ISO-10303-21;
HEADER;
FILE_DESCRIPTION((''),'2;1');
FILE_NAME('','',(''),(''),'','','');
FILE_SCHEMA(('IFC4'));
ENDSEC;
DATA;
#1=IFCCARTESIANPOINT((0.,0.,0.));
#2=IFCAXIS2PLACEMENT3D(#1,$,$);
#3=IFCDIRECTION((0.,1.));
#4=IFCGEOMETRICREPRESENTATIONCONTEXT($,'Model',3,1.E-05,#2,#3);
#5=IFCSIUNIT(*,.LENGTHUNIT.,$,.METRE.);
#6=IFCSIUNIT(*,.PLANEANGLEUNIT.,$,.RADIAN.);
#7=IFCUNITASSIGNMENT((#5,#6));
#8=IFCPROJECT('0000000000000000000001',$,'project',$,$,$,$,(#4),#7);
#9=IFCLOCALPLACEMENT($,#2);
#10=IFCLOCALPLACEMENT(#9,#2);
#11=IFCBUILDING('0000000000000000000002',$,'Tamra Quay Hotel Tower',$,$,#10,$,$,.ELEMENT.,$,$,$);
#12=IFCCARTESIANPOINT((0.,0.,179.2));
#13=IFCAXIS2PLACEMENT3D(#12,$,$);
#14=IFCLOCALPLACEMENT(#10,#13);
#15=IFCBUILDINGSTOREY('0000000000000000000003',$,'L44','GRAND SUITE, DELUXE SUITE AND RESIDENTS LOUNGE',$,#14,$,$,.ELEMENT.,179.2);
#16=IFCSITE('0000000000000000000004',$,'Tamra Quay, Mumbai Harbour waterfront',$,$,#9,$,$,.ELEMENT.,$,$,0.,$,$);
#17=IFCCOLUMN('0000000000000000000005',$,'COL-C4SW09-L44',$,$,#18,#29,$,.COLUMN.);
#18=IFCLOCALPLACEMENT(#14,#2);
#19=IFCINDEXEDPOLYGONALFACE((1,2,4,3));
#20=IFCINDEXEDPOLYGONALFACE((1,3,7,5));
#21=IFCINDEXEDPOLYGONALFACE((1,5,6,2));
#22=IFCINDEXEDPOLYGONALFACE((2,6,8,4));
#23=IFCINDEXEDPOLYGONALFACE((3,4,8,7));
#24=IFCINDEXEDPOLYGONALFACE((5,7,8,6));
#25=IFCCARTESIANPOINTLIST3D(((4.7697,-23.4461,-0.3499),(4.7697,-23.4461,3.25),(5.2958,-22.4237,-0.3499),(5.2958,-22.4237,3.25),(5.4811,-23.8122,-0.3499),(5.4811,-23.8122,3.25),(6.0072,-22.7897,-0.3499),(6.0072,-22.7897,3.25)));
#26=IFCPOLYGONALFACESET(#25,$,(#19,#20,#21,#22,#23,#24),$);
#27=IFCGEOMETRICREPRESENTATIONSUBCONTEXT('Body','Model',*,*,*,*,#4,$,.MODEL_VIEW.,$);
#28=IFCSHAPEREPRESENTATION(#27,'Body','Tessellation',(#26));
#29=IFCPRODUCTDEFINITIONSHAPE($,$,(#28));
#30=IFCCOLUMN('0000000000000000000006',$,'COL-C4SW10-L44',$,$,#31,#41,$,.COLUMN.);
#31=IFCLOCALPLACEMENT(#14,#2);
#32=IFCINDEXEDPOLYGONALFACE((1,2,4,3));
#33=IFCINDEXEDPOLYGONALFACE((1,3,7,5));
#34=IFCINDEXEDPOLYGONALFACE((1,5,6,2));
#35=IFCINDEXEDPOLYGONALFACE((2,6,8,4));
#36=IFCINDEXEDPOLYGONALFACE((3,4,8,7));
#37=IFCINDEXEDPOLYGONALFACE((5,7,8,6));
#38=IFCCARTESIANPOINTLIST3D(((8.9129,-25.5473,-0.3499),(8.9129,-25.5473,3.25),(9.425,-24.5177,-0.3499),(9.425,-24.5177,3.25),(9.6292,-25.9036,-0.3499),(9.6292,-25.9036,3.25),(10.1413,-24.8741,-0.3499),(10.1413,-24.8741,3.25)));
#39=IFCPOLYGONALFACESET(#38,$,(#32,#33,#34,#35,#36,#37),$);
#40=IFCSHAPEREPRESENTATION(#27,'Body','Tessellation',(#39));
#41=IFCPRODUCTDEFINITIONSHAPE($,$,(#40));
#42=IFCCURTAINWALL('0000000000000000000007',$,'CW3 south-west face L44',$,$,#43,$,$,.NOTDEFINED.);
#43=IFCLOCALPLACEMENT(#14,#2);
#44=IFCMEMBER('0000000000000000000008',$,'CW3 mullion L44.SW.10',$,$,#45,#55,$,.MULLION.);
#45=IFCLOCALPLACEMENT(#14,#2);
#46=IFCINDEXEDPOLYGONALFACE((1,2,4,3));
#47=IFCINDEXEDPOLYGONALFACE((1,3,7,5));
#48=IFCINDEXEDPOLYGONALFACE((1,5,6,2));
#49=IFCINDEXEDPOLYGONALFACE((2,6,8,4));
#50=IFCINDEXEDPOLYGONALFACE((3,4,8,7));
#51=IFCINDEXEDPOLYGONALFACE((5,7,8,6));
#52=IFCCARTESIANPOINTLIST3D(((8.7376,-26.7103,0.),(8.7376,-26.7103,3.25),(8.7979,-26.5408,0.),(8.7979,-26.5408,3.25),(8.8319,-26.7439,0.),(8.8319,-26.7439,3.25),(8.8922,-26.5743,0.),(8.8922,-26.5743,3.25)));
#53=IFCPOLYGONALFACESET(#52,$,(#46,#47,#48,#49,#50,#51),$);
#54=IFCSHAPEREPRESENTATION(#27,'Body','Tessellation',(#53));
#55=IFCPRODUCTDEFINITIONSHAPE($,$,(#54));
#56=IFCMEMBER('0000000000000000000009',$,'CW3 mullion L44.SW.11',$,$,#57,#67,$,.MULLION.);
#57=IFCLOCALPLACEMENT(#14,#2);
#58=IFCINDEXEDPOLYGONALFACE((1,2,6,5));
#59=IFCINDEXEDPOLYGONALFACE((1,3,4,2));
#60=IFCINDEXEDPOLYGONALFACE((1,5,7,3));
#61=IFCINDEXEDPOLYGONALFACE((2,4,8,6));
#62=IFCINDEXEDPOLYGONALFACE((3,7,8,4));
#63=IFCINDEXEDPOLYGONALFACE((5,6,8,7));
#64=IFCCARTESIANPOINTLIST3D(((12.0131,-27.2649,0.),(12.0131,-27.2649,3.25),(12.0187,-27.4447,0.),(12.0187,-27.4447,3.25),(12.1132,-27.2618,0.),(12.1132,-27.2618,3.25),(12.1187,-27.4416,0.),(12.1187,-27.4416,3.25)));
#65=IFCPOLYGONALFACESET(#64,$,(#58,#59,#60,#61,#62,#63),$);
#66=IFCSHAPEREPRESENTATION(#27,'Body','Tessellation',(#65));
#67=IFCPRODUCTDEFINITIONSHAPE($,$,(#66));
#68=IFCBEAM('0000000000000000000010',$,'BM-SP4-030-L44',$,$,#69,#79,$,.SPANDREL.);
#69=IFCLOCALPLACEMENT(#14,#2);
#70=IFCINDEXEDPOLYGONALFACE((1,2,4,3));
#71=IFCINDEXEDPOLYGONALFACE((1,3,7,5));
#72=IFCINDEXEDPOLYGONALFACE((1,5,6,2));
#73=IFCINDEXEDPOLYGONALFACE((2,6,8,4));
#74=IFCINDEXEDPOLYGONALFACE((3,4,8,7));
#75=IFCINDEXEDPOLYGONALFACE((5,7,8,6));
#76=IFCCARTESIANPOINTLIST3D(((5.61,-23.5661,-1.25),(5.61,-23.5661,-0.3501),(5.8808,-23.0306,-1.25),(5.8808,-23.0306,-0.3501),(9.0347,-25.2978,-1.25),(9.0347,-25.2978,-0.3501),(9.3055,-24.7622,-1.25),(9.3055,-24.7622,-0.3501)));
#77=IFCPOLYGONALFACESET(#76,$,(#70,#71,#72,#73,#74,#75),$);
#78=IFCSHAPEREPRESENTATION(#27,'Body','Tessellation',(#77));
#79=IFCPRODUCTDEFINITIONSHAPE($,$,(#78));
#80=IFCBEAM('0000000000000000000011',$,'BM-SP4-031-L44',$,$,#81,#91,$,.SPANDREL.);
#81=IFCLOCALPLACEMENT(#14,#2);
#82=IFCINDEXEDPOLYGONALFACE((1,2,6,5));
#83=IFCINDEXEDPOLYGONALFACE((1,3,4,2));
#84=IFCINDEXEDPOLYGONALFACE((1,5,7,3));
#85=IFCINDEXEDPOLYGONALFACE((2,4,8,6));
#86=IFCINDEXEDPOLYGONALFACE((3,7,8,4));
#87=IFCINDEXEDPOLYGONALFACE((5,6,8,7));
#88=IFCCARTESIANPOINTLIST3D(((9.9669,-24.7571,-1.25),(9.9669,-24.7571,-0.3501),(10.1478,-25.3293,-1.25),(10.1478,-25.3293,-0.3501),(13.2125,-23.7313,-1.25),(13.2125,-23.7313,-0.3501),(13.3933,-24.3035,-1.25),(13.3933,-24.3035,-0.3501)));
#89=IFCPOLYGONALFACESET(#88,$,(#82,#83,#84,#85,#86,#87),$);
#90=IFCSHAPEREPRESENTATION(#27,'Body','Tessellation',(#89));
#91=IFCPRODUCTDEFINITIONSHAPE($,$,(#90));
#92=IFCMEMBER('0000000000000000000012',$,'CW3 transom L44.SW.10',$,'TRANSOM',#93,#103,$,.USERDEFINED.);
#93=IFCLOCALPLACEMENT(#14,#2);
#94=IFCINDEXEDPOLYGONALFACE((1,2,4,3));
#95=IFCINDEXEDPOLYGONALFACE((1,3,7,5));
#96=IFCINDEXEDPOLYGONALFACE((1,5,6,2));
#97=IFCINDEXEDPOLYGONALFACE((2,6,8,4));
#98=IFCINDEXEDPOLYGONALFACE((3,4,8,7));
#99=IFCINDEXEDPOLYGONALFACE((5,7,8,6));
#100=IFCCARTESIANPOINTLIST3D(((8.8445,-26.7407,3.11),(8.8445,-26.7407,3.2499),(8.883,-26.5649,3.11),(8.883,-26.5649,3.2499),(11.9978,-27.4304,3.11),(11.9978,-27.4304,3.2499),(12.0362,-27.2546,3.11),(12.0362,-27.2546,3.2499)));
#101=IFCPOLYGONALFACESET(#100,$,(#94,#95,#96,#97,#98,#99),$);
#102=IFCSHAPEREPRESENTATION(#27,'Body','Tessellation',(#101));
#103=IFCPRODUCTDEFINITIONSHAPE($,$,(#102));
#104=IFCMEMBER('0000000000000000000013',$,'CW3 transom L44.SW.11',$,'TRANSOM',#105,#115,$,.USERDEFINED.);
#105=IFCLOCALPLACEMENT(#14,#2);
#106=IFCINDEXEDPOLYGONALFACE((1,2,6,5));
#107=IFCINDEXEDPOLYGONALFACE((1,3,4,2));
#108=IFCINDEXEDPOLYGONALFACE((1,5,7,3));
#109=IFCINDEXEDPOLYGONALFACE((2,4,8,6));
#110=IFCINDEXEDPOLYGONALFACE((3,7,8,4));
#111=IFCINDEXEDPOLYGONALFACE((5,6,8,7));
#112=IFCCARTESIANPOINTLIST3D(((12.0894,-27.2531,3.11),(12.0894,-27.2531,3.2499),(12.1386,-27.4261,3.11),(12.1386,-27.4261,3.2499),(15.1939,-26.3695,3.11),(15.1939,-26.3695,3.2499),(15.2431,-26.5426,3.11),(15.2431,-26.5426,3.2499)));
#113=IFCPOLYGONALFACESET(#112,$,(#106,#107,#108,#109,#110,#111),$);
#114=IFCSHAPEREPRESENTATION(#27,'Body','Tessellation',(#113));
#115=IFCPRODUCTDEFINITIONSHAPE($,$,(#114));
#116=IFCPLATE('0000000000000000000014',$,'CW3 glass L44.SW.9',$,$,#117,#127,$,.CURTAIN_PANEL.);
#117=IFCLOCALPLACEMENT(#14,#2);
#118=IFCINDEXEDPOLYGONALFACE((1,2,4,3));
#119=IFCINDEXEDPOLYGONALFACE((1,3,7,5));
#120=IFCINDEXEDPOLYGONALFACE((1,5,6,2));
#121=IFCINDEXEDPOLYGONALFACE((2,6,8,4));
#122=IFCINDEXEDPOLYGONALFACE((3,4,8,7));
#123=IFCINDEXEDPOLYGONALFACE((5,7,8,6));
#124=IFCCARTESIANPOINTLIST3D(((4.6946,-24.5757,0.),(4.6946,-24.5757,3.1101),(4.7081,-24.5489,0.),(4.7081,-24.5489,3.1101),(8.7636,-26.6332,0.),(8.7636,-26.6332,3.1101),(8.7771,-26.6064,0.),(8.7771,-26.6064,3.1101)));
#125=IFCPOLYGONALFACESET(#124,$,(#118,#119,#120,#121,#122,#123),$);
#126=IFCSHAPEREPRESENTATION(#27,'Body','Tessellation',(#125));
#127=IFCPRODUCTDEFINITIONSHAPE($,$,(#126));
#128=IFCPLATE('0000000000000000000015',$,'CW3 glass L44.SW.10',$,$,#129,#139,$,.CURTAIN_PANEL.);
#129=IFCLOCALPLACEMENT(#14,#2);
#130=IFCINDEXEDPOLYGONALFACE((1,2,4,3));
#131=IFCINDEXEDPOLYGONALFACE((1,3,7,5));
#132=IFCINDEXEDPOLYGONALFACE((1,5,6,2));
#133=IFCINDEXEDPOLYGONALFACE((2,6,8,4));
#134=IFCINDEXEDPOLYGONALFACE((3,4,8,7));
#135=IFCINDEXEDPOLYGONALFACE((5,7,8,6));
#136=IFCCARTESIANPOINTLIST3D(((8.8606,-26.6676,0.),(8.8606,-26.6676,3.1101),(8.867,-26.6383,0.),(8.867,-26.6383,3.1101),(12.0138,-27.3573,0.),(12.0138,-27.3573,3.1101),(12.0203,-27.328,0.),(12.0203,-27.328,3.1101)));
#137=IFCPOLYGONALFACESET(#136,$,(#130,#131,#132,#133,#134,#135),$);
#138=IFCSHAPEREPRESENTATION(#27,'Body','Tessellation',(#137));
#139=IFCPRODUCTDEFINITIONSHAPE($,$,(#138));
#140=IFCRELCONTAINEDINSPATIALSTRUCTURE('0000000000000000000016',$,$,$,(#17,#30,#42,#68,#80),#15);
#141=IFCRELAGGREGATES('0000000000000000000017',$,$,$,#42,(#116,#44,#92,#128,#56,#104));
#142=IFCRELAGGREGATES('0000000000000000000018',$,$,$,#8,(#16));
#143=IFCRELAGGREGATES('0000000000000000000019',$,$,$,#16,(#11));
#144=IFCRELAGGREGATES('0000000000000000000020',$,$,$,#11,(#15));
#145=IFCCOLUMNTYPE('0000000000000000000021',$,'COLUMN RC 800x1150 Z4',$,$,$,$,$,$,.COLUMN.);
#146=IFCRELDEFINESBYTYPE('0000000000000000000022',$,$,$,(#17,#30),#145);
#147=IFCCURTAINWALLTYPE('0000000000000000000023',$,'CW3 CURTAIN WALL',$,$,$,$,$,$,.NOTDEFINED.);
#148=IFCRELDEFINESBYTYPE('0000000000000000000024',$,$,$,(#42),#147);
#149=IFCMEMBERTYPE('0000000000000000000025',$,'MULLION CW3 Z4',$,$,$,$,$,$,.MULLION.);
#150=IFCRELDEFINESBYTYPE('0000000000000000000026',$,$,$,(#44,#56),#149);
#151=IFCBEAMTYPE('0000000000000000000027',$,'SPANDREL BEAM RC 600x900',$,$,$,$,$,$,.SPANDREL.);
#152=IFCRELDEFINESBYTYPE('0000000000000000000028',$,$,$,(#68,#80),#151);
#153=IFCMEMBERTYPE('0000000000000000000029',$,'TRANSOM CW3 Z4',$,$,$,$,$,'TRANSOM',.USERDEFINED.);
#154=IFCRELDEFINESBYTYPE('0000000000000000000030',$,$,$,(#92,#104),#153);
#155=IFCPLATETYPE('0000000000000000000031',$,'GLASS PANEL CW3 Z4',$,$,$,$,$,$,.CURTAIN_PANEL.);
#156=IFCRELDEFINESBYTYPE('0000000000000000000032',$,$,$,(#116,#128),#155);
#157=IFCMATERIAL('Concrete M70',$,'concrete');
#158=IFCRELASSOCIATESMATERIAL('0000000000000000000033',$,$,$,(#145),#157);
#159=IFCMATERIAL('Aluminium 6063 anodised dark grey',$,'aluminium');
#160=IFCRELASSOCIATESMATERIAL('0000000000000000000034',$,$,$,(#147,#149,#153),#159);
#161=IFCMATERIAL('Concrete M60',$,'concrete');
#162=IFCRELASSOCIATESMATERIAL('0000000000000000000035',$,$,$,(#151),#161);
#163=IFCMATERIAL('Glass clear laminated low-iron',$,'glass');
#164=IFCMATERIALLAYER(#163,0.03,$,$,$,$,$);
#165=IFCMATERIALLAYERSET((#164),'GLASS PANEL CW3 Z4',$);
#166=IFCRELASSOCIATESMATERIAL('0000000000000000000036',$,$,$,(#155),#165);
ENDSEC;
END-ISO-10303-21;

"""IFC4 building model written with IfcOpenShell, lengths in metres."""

from ifc_helpers import new_model, si_unit, direction, frame, origin, origin_2d, place, context, subcontext, project, spatial, rectangle, extrude, material, layer, layer_set, material_profile, profile_set, type_object, element, aggregate, save


model = new_model("IFC4")

# Units and contexts
model_context = context("Model", 3, precision=1e-05, world=origin(), true_north=direction((0.0, 1.0)))
body_context = subcontext(model_context, "Body", "Model", "MODEL_VIEW")
ifc_project = project(units=[si_unit("LENGTHUNIT", "METRE"), si_unit("PLANEANGLEUNIT", "RADIAN")], contexts=[model_context])

# Site, building, storey
site_placement = place(None, origin())
site = spatial("IfcSite", under=ifc_project, at=site_placement, Name="Tamra Quay, Mumbai Harbour waterfront", CompositionType="ELEMENT", RefElevation=0.0)
building_placement = place(site_placement, origin())
building = spatial("IfcBuilding", under=site, at=building_placement, Name="Tamra Quay Hotel Tower", CompositionType="ELEMENT")
storey_placement = place(building_placement, frame((0.0, 0.0, 179.2)))
storey = spatial("IfcBuildingStorey", under=building, at=storey_placement, Name="L44", Description="GRAND SUITE, DELUXE SUITE AND RESIDENTS LOUNGE", CompositionType="ELEMENT", Elevation=179.2)

# Columns
ifc_material_1 = material(Name="Concrete M70", Category="concrete")
ifc_material_profile_1 = material_profile(ifc_material_1, rectangle(XDim=1.1499, YDim=0.8, at=origin_2d()), Name="COLUMN RC 800x1150 Z4")
ifc_profile_set_1 = profile_set([ifc_material_profile_1], Name="Concrete M70")
column_type = type_object("IfcColumnType", Name="COLUMN RC 800x1150 Z4", PredefinedType="COLUMN", material=ifc_profile_set_1)
for number, where, z_axis, x_axis, name in (
    (1, (5.3884, -23.1179, -0.3499), (0.0, 0.0, 1.0), (0.457548, 0.889185, 0.0), "COL-C4SW09-L44"),
    (2, (9.5271, -25.2107, -0.3499), (0.0, 0.0, 1.0), (0.445415, 0.895324, 0.0), "COL-C4SW10-L44"),
):
    element("IfcColumn", number, at=place(storey_placement, frame(where, z_axis=z_axis, x_axis=x_axis)), inside=storey, type_object=column_type, Name=name, PredefinedType="COLUMN", context=body_context, shape_type="SweptSolid", body=[
        extrude(rectangle(XDim=1.1499, YDim=0.8, at=origin_2d()), origin(), (0.0, 0.0, 1.0), 3.5999),
    ])

# Curtain wall, members
ifc_material_2 = material(Name="Aluminium 6063 anodised dark grey", Category="aluminium")
curtain_wall_type = type_object("IfcCurtainWallType", Name="CW3 CURTAIN WALL", PredefinedType="NOTDEFINED", material=ifc_material_2)
curtain_wall_placement = place(storey_placement, origin())
curtain_wall = element("IfcCurtainWall", 3, at=curtain_wall_placement, inside=storey, type_object=curtain_wall_type, Name="CW3 south-west face L44", PredefinedType="NOTDEFINED")
ifc_material_profile_2 = material_profile(ifc_material_2, rectangle(XDim=0.1799, YDim=0.1001, at=origin_2d()), Name="MULLION 100X180")
ifc_profile_set_2 = profile_set([ifc_material_profile_2], Name="Aluminium 6063 anodised dark grey")
member_type_1 = type_object("IfcMemberType", Name="MULLION CW3 Z4", PredefinedType="MULLION", material=ifc_profile_set_2)
member_1_placement = place(storey_placement, frame((8.8149, -26.6423, 0.0), z_axis=(0.0, 0.0, 1.0), x_axis=(-0.335128, -0.942173, 0.0)))
member_1 = element("IfcMember", 4, at=member_1_placement, type_object=member_type_1, Name="CW3 mullion L44.SW.10", PredefinedType="MULLION", context=body_context, shape_type="SweptSolid", body=[
    extrude(rectangle(XDim=0.1799, YDim=0.1001, at=origin_2d()), origin(), (0.0, 0.0, 1.0), 3.25),
])
member_2_placement = place(storey_placement, frame((12.0659, -27.3533, 0.0), z_axis=(0.0, 0.0, 1.0), x_axis=(0.030975, -0.99952, 0.0)))
member_2 = element("IfcMember", 5, at=member_2_placement, type_object=member_type_1, Name="CW3 mullion L44.SW.11", PredefinedType="MULLION", context=body_context, shape_type="SweptSolid", body=[
    extrude(rectangle(XDim=0.1799, YDim=0.1001, at=origin_2d()), origin(), (0.0, 0.0, 1.0), 3.25),
])

# Beams
ifc_material_3 = material(Name="Concrete M60", Category="concrete")
ifc_material_profile_3 = material_profile(ifc_material_3, rectangle(XDim=0.6001, YDim=0.8999, at=origin_2d()), Name="SPANDREL BEAM RC 600x900")
ifc_profile_set_3 = profile_set([ifc_material_profile_3], Name="Concrete M60")
beam_type = type_object("IfcBeamType", Name="SPANDREL BEAM RC 600x900", PredefinedType="SPANDREL", material=ifc_profile_set_3)
beam_1_placement = place(storey_placement, frame((5.7454, -23.2983, -0.8), z_axis=(0.892408, -0.45123, 0.0), x_axis=(0.45123, 0.892408, 0.0)))
element("IfcBeam", 6, at=beam_1_placement, inside=storey, type_object=beam_type, Name="BM-SP4-030-L44", PredefinedType="SPANDREL", context=body_context, shape_type="SweptSolid", body=[
    extrude(rectangle(XDim=0.6001, YDim=0.8999, at=origin_2d()), origin(), (0.0, 0.0, 1.0), 3.8376),
])
beam_2_placement = place(storey_placement, frame((10.0574, -25.0432, -0.8), z_axis=(0.953502, 0.301385, 0.0), x_axis=(-0.301385, 0.953502, 0.0)))
element("IfcBeam", 7, at=beam_2_placement, inside=storey, type_object=beam_type, Name="BM-SP4-031-L44", PredefinedType="SPANDREL", context=body_context, shape_type="SweptSolid", body=[
    extrude(rectangle(XDim=0.6001, YDim=0.8999, at=origin_2d()), origin(), (0.0, 0.0, 1.0), 3.4038),
])

# Members
ifc_material_profile_4 = material_profile(ifc_material_2, rectangle(XDim=0.1799, YDim=0.1399, at=origin_2d()), Name="TRANSOM 180X140")
ifc_profile_set_4 = profile_set([ifc_material_profile_4], Name="Aluminium 6063 anodised dark grey")
member_type_2 = type_object("IfcMemberType", Name="TRANSOM CW3 Z4", ElementType="TRANSOM", PredefinedType="USERDEFINED", material=ifc_profile_set_4)
member_3_placement = place(storey_placement, frame((8.8638, -26.6528, 3.1799), z_axis=(0.976906, -0.21367, 0.0), x_axis=(0.21367, 0.976906, 0.0)))
member_3 = element("IfcMember", 8, at=member_3_placement, type_object=member_type_2, Name="CW3 transom L44.SW.10", ObjectType="TRANSOM", PredefinedType="USERDEFINED", context=body_context, shape_type="SweptSolid", body=[
    extrude(rectangle(XDim=0.1799, YDim=0.1399, at=origin_2d()), origin(), (0.0, 0.0, 1.0), 3.2278),
])
member_4_placement = place(storey_placement, frame((12.114, -27.3396, 3.1799), z_axis=(0.961806, 0.273732, 0.0), x_axis=(-0.273732, 0.961806, 0.0)))
member_4 = element("IfcMember", 9, at=member_4_placement, type_object=member_type_2, Name="CW3 transom L44.SW.11", ObjectType="TRANSOM", PredefinedType="USERDEFINED", context=body_context, shape_type="SweptSolid", body=[
    extrude(rectangle(XDim=0.1799, YDim=0.1399, at=origin_2d()), origin(), (0.0, 0.0, 1.0), 3.2278),
])

# Plates
ifc_material_4 = material(Name="Glass clear laminated low-iron", Category="glass")
ifc_layer_1 = layer(ifc_material_4, 0.03)
ifc_layer_set_1 = layer_set([ifc_layer_1], Name="GLASS PANEL CW3 Z4")
plate_type = type_object("IfcPlateType", Name="GLASS PANEL CW3 Z4", PredefinedType="CURTAIN_PANEL", material=ifc_layer_set_1)
plate_1_placement = place(storey_placement, frame((6.7358, -25.5911, 0.0), z_axis=(0.0, 0.0, 1.0), x_axis=(0.892403, -0.451239, 0.0)))
plate_1 = element("IfcPlate", 10, at=plate_1_placement, type_object=plate_type, Name="CW3 glass L44.SW.9", PredefinedType="CURTAIN_PANEL", context=body_context, shape_type="SweptSolid", body=[
    extrude(rectangle(XDim=4.5596, YDim=0.03, at=origin_2d()), origin(), (0.0, 0.0, 1.0), 3.1101),
])
plate_2_placement = place(storey_placement, frame((10.4404, -26.9978, 0.0), z_axis=(0.0, 0.0, 1.0), x_axis=(0.976906, -0.213669, 0.0)))
plate_2 = element("IfcPlate", 11, at=plate_2_placement, type_object=plate_type, Name="CW3 glass L44.SW.10", PredefinedType="CURTAIN_PANEL", context=body_context, shape_type="SweptSolid", body=[
    extrude(rectangle(XDim=3.2278, YDim=0.03, at=origin_2d()), origin(), (0.0, 0.0, 1.0), 3.1101),
])
aggregate(curtain_wall, [plate_1, member_1, member_3, plate_2, member_2, member_4])

save(model, "model.ifc")
